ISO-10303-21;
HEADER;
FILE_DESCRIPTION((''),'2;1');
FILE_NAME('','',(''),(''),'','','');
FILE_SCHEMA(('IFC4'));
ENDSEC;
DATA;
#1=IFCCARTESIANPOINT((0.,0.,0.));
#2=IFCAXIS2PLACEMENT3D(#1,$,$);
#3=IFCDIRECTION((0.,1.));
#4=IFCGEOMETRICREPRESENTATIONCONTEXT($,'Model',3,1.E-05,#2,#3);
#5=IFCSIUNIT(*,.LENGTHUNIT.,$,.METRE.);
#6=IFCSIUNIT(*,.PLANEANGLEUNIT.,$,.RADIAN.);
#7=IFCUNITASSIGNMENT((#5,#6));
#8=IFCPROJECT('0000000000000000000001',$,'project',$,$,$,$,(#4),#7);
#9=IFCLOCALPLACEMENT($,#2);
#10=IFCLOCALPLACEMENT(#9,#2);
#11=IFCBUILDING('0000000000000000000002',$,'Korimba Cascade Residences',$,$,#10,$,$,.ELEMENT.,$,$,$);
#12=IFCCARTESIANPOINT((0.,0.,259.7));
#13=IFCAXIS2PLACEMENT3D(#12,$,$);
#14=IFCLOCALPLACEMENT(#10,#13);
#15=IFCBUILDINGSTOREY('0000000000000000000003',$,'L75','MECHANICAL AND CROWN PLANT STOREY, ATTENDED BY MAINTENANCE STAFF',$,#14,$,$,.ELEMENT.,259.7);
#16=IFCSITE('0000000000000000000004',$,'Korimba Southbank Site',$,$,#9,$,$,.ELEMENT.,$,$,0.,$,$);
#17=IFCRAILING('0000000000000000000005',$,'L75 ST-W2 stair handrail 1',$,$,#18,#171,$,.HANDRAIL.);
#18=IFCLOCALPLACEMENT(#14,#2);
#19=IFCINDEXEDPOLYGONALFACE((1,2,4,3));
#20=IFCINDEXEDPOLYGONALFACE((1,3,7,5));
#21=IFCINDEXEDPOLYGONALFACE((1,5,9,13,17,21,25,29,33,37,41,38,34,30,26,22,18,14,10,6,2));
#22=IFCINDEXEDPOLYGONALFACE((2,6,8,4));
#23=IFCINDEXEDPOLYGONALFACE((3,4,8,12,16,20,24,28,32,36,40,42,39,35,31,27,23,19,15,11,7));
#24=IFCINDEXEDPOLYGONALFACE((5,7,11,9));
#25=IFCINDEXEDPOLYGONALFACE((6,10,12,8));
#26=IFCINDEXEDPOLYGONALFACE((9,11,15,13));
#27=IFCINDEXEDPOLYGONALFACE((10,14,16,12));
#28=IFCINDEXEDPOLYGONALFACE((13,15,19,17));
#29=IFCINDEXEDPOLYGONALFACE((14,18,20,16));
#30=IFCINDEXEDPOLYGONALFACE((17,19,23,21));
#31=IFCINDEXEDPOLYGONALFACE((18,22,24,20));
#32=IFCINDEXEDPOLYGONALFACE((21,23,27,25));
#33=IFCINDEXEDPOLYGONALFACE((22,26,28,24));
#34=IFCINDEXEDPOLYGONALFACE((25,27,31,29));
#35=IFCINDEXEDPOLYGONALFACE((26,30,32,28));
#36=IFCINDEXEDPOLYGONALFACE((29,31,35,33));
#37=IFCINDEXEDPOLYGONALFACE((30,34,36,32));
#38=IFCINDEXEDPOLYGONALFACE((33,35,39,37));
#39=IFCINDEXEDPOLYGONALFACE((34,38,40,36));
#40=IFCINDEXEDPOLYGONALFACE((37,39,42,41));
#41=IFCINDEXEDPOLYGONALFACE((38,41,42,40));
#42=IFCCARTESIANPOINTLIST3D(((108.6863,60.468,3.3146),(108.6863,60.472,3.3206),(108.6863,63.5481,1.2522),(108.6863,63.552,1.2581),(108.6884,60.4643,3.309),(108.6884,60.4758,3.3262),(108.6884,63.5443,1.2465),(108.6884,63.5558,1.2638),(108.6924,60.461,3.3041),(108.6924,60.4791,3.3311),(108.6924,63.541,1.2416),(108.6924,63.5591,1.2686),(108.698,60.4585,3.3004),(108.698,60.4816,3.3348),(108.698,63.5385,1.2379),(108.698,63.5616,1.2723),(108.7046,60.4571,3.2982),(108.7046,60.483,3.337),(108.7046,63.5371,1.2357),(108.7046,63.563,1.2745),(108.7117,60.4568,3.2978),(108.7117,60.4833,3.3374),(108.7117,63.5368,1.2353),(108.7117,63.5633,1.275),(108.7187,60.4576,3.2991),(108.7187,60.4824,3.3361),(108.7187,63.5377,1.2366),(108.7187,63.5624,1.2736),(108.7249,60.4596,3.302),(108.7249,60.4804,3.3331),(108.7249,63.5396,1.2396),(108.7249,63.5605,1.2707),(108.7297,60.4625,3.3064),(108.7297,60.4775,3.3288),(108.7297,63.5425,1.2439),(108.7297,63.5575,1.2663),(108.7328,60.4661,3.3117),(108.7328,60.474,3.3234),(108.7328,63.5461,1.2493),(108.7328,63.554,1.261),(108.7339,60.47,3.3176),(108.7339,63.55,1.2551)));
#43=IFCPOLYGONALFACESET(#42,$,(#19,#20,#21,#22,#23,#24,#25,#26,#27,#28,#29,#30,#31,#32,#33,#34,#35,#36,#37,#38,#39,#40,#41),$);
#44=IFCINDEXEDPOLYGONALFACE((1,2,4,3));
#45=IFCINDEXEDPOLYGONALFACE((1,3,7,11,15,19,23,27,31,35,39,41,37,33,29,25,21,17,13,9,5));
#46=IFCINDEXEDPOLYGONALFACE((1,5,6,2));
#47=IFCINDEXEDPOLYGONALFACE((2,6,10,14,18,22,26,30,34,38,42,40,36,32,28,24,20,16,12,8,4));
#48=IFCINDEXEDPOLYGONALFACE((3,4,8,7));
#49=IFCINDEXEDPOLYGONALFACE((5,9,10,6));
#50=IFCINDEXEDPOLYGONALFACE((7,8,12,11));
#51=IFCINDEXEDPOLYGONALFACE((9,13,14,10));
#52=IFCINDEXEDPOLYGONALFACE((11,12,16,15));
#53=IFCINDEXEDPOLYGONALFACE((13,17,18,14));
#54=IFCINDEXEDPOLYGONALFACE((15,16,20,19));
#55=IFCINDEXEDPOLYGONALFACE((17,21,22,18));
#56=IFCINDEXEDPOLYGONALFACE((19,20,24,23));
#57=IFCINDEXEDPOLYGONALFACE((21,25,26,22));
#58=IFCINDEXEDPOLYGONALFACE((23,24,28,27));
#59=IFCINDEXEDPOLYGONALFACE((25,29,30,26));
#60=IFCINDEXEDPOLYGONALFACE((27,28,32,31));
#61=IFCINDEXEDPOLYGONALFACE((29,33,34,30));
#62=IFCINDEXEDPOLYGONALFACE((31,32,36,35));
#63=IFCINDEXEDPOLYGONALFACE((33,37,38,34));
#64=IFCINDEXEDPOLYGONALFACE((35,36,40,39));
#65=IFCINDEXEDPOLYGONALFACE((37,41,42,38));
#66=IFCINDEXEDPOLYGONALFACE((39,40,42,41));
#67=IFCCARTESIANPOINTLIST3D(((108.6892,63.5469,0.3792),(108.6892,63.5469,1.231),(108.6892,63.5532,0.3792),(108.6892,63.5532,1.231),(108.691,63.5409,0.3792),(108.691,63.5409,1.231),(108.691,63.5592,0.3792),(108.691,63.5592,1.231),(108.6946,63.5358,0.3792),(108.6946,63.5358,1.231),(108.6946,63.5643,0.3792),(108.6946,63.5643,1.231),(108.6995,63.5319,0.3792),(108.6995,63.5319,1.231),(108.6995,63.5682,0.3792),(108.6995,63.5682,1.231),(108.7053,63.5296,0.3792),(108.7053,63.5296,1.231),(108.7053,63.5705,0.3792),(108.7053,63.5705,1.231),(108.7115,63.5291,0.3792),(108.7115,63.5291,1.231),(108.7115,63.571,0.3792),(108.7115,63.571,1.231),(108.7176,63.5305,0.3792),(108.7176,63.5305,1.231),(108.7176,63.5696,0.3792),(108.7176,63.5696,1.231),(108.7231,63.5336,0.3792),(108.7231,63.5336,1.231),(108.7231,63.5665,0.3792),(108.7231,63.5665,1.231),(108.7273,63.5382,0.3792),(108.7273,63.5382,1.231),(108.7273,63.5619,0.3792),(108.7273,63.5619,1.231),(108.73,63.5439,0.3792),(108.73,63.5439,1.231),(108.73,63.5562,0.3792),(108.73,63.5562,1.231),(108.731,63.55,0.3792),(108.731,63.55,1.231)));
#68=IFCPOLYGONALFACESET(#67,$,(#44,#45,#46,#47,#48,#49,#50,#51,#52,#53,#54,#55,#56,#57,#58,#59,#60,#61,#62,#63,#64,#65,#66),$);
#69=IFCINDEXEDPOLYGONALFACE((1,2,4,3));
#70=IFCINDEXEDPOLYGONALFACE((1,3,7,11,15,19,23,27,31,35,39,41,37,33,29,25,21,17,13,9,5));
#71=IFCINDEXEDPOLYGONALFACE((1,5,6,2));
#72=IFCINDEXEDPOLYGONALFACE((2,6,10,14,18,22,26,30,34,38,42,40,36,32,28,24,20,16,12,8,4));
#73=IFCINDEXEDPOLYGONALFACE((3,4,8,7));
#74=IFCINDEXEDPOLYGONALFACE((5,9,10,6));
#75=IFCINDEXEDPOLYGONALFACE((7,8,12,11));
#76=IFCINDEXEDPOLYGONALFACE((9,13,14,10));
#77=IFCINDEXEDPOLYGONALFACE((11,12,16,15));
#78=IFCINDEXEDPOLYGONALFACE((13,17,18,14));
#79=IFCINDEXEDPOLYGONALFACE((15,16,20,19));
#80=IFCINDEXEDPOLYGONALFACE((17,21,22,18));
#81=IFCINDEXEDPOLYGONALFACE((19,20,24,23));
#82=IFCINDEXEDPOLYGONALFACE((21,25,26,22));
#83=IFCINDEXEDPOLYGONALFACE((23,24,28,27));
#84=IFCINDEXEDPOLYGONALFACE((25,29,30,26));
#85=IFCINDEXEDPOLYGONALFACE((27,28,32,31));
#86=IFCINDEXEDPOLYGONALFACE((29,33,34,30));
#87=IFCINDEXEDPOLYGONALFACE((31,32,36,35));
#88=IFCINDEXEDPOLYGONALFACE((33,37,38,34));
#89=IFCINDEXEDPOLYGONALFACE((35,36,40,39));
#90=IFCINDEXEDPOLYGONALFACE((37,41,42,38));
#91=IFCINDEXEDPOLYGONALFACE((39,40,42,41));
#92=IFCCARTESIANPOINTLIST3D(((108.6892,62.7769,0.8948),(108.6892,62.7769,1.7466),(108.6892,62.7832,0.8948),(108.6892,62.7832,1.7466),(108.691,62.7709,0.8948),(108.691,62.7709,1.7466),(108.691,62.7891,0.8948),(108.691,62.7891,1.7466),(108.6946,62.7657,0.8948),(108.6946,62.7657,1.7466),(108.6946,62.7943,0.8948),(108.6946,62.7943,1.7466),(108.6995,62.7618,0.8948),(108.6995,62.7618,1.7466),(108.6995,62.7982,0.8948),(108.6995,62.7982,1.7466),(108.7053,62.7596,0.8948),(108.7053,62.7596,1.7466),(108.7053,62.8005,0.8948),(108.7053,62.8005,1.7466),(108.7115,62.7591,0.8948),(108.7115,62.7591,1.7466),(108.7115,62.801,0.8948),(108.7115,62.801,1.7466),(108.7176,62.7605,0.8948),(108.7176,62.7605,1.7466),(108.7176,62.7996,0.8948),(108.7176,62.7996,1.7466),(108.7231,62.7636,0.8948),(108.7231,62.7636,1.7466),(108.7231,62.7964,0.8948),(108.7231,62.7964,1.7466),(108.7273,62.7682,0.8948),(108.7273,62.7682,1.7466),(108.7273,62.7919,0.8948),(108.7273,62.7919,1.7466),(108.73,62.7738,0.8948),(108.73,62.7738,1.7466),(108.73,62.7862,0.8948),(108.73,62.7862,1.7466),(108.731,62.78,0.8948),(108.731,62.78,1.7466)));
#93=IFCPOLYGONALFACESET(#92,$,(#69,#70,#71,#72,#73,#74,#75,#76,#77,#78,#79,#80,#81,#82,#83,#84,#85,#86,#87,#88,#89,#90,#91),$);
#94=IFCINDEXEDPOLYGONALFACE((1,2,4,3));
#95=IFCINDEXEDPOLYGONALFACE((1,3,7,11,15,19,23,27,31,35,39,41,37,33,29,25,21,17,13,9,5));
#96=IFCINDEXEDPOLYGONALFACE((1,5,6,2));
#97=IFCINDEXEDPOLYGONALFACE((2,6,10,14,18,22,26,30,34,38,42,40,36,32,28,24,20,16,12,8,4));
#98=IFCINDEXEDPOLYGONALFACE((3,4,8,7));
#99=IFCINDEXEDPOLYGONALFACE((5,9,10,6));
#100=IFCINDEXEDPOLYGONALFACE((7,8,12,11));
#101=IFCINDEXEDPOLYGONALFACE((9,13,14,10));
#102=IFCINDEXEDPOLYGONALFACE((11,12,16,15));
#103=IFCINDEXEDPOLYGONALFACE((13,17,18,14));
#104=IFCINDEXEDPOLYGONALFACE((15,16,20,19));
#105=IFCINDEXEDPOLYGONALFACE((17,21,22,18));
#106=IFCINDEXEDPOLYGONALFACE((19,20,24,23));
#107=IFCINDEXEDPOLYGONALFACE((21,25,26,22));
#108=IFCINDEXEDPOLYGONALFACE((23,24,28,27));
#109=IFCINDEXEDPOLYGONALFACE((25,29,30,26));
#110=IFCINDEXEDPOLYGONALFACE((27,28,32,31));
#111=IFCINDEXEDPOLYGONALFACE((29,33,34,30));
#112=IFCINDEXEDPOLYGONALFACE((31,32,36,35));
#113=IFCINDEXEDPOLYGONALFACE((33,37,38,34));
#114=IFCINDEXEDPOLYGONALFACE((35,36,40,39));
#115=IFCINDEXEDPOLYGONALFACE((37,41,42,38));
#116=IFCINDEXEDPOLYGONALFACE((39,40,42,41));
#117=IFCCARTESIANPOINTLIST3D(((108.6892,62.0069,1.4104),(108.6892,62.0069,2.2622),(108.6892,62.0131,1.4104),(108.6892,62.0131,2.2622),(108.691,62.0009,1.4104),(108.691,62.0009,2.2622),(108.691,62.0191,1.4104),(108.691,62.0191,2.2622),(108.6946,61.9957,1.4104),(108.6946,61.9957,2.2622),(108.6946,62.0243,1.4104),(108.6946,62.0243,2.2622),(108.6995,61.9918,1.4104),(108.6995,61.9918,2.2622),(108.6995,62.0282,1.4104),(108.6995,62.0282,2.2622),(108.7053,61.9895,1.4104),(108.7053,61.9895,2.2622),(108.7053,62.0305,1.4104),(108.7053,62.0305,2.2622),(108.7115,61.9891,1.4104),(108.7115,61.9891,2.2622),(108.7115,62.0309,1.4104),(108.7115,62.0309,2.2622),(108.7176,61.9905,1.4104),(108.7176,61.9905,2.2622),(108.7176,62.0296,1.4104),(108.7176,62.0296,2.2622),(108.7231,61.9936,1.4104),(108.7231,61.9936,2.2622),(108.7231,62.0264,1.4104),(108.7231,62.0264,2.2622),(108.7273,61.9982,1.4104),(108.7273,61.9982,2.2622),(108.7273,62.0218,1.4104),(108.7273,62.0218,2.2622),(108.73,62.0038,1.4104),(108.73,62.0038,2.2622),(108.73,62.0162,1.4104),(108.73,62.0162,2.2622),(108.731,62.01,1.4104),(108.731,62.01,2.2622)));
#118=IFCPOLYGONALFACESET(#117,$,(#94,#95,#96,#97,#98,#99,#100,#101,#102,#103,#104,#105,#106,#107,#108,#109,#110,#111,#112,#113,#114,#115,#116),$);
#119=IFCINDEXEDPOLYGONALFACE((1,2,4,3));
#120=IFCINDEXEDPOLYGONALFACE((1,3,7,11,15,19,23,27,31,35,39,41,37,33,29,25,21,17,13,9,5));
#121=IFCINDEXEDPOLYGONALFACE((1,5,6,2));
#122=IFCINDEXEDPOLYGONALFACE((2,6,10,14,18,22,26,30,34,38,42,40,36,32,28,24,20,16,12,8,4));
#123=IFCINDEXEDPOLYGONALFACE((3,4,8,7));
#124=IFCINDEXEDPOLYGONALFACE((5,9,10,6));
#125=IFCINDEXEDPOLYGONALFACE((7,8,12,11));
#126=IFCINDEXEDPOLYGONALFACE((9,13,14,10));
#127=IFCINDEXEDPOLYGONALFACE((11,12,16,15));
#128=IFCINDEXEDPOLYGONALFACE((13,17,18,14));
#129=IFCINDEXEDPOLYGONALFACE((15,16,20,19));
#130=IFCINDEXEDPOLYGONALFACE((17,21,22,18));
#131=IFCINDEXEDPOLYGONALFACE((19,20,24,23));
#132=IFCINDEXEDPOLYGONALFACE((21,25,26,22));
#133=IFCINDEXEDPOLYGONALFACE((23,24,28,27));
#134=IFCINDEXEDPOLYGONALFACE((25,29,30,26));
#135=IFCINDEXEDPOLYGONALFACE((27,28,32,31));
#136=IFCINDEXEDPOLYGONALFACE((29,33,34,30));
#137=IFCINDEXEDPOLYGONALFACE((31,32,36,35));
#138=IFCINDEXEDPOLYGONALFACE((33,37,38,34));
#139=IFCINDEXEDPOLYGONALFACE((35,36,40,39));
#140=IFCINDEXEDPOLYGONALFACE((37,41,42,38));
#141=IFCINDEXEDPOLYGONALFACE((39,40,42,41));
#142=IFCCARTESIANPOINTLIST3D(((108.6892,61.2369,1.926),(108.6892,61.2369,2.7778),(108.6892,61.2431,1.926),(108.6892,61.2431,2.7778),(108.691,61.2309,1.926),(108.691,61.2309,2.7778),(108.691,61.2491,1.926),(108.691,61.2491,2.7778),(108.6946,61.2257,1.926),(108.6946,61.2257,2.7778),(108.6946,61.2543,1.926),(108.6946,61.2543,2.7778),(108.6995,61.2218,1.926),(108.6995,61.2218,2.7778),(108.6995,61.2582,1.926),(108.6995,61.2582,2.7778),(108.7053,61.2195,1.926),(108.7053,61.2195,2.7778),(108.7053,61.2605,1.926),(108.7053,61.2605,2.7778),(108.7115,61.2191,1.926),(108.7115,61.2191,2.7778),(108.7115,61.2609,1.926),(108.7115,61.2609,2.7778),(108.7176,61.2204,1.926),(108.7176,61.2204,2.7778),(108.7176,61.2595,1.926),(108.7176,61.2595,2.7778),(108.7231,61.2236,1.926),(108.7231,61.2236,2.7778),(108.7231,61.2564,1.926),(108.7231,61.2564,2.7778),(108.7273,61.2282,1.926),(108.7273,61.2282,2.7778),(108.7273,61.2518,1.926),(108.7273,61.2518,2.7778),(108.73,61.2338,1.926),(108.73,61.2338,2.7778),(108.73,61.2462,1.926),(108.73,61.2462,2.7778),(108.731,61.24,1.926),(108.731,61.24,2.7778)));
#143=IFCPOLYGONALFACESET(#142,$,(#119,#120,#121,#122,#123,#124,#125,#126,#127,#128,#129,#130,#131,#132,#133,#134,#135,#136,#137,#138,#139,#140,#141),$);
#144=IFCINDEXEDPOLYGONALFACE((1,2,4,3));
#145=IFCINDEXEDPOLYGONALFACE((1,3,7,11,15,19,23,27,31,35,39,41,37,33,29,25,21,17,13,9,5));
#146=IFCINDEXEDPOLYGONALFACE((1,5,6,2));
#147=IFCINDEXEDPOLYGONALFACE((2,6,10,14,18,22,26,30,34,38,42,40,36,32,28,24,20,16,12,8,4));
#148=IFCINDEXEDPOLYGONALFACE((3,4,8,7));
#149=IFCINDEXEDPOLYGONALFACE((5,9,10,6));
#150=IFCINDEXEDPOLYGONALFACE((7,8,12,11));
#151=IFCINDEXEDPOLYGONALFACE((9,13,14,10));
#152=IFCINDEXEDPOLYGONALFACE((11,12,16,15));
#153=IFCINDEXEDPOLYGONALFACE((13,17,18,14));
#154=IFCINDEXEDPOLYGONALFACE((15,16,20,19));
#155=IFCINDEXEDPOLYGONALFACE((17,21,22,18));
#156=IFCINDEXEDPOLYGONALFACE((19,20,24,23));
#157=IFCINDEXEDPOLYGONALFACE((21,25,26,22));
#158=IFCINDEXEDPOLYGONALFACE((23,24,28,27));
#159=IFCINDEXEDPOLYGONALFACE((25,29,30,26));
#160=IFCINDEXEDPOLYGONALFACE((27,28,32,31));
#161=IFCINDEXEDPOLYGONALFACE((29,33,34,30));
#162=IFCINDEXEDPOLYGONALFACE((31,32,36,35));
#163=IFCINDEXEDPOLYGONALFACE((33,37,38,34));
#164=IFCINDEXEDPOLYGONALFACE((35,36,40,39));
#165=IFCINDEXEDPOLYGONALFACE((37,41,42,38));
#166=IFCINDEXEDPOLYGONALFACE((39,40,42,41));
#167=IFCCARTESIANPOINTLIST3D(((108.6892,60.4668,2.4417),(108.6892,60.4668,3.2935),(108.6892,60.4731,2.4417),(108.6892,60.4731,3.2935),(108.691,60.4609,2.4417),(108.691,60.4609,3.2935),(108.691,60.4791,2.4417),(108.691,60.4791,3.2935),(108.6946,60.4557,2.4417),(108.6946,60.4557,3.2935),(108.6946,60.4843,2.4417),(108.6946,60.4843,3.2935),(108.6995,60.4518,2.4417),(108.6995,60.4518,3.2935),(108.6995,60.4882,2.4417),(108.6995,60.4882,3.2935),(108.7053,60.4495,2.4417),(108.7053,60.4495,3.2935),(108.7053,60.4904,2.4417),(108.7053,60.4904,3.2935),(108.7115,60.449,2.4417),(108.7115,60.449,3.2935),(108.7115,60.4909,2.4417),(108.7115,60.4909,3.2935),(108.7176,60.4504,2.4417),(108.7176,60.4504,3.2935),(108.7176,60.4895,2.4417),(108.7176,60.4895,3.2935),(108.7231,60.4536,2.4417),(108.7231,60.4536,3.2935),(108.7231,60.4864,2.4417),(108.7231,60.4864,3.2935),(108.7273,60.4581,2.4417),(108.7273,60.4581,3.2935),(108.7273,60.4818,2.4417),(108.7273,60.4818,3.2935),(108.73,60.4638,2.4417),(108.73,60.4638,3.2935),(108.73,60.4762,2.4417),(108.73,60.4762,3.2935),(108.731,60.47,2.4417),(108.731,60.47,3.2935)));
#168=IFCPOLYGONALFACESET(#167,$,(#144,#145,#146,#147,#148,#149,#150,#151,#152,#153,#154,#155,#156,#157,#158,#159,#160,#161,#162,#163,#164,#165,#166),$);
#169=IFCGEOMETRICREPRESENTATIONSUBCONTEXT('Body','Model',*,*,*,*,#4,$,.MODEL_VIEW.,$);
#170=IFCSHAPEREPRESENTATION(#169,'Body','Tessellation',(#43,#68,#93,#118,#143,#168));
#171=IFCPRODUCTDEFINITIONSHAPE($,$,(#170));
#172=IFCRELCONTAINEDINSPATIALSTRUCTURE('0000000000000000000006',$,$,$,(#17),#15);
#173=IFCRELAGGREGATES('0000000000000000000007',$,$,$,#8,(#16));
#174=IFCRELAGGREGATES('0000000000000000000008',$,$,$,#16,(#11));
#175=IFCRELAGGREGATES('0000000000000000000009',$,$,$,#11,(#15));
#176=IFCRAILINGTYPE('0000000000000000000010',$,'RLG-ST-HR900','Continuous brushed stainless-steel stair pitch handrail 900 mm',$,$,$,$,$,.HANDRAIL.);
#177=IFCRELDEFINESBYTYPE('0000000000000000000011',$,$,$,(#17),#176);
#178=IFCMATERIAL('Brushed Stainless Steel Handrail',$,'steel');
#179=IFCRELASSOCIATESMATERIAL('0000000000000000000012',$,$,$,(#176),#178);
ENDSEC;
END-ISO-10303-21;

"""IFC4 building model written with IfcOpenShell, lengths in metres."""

from ifc_helpers import new_model, si_unit, direction, frame, origin, origin_2d, place, context, subcontext, project, spatial, circle, extrude, material, type_object, element, save


model = new_model("IFC4")

# Units and contexts
model_context = context("Model", 3, precision=1e-05, world=origin(), true_north=direction((0.0, 1.0)))
body_context = subcontext(model_context, "Body", "Model", "MODEL_VIEW")
ifc_project = project(units=[si_unit("LENGTHUNIT", "METRE"), si_unit("PLANEANGLEUNIT", "RADIAN")], contexts=[model_context])

# Site, building, storey
site_placement = place(None, origin())
site = spatial("IfcSite", under=ifc_project, at=site_placement, Name="Korimba Southbank Site", CompositionType="ELEMENT", RefElevation=0.0)
building_placement = place(site_placement, origin())
building = spatial("IfcBuilding", under=site, at=building_placement, Name="Korimba Cascade Residences", CompositionType="ELEMENT")
storey_placement = place(building_placement, frame((0.0, 0.0, 259.7)))
storey = spatial("IfcBuildingStorey", under=building, at=storey_placement, Name="L75", Description="MECHANICAL AND CROWN PLANT STOREY, ATTENDED BY MAINTENANCE STAFF", CompositionType="ELEMENT", Elevation=259.7)

# Railing
ifc_material_1 = material(Name="Brushed Stainless Steel Handrail", Category="steel")
railing_type_1 = type_object("IfcRailingType", Name="RLG-ST-HR900", Description="Continuous brushed stainless-steel stair pitch handrail 900 mm", PredefinedType="HANDRAIL", material=ifc_material_1)
railing_1_placement = place(storey_placement, frame((108.71, 63.55, 0.3792)))
element("IfcRailing", 1, at=railing_1_placement, inside=storey, type_object=railing_type_1, Name="L75 ST-W2 stair handrail 1", PredefinedType="HANDRAIL", context=body_context, shape_type="SweptSolid", body=[
    extrude(circle(Radius=0.0239, at=origin_2d()), frame((0.0, 0.0, 0.876), z_axis=(0.0, -0.830914, 0.556401), x_axis=(1.0, 0.0, 0.0)), (0.0, 0.0, 1.0), 3.7068),
    extrude(circle(Radius=0.021, at=origin_2d()), origin(), (0.0, 0.0, 1.0), 0.8518),
    extrude(circle(Radius=0.021, at=origin_2d()), frame((0.0, -0.77, 0.5156)), (0.0, 0.0, 1.0), 0.8518),
    extrude(circle(Radius=0.021, at=origin_2d()), frame((0.0, -1.54, 1.0312)), (0.0, 0.0, 1.0), 0.8518),
    extrude(circle(Radius=0.021, at=origin_2d()), frame((0.0, -2.3101, 1.5469)), (0.0, 0.0, 1.0), 0.8518),
    extrude(circle(Radius=0.021, at=origin_2d()), frame((0.0, -3.0801, 2.0625)), (0.0, 0.0, 1.0), 0.8518),
])

save(model, "model.ifc")
